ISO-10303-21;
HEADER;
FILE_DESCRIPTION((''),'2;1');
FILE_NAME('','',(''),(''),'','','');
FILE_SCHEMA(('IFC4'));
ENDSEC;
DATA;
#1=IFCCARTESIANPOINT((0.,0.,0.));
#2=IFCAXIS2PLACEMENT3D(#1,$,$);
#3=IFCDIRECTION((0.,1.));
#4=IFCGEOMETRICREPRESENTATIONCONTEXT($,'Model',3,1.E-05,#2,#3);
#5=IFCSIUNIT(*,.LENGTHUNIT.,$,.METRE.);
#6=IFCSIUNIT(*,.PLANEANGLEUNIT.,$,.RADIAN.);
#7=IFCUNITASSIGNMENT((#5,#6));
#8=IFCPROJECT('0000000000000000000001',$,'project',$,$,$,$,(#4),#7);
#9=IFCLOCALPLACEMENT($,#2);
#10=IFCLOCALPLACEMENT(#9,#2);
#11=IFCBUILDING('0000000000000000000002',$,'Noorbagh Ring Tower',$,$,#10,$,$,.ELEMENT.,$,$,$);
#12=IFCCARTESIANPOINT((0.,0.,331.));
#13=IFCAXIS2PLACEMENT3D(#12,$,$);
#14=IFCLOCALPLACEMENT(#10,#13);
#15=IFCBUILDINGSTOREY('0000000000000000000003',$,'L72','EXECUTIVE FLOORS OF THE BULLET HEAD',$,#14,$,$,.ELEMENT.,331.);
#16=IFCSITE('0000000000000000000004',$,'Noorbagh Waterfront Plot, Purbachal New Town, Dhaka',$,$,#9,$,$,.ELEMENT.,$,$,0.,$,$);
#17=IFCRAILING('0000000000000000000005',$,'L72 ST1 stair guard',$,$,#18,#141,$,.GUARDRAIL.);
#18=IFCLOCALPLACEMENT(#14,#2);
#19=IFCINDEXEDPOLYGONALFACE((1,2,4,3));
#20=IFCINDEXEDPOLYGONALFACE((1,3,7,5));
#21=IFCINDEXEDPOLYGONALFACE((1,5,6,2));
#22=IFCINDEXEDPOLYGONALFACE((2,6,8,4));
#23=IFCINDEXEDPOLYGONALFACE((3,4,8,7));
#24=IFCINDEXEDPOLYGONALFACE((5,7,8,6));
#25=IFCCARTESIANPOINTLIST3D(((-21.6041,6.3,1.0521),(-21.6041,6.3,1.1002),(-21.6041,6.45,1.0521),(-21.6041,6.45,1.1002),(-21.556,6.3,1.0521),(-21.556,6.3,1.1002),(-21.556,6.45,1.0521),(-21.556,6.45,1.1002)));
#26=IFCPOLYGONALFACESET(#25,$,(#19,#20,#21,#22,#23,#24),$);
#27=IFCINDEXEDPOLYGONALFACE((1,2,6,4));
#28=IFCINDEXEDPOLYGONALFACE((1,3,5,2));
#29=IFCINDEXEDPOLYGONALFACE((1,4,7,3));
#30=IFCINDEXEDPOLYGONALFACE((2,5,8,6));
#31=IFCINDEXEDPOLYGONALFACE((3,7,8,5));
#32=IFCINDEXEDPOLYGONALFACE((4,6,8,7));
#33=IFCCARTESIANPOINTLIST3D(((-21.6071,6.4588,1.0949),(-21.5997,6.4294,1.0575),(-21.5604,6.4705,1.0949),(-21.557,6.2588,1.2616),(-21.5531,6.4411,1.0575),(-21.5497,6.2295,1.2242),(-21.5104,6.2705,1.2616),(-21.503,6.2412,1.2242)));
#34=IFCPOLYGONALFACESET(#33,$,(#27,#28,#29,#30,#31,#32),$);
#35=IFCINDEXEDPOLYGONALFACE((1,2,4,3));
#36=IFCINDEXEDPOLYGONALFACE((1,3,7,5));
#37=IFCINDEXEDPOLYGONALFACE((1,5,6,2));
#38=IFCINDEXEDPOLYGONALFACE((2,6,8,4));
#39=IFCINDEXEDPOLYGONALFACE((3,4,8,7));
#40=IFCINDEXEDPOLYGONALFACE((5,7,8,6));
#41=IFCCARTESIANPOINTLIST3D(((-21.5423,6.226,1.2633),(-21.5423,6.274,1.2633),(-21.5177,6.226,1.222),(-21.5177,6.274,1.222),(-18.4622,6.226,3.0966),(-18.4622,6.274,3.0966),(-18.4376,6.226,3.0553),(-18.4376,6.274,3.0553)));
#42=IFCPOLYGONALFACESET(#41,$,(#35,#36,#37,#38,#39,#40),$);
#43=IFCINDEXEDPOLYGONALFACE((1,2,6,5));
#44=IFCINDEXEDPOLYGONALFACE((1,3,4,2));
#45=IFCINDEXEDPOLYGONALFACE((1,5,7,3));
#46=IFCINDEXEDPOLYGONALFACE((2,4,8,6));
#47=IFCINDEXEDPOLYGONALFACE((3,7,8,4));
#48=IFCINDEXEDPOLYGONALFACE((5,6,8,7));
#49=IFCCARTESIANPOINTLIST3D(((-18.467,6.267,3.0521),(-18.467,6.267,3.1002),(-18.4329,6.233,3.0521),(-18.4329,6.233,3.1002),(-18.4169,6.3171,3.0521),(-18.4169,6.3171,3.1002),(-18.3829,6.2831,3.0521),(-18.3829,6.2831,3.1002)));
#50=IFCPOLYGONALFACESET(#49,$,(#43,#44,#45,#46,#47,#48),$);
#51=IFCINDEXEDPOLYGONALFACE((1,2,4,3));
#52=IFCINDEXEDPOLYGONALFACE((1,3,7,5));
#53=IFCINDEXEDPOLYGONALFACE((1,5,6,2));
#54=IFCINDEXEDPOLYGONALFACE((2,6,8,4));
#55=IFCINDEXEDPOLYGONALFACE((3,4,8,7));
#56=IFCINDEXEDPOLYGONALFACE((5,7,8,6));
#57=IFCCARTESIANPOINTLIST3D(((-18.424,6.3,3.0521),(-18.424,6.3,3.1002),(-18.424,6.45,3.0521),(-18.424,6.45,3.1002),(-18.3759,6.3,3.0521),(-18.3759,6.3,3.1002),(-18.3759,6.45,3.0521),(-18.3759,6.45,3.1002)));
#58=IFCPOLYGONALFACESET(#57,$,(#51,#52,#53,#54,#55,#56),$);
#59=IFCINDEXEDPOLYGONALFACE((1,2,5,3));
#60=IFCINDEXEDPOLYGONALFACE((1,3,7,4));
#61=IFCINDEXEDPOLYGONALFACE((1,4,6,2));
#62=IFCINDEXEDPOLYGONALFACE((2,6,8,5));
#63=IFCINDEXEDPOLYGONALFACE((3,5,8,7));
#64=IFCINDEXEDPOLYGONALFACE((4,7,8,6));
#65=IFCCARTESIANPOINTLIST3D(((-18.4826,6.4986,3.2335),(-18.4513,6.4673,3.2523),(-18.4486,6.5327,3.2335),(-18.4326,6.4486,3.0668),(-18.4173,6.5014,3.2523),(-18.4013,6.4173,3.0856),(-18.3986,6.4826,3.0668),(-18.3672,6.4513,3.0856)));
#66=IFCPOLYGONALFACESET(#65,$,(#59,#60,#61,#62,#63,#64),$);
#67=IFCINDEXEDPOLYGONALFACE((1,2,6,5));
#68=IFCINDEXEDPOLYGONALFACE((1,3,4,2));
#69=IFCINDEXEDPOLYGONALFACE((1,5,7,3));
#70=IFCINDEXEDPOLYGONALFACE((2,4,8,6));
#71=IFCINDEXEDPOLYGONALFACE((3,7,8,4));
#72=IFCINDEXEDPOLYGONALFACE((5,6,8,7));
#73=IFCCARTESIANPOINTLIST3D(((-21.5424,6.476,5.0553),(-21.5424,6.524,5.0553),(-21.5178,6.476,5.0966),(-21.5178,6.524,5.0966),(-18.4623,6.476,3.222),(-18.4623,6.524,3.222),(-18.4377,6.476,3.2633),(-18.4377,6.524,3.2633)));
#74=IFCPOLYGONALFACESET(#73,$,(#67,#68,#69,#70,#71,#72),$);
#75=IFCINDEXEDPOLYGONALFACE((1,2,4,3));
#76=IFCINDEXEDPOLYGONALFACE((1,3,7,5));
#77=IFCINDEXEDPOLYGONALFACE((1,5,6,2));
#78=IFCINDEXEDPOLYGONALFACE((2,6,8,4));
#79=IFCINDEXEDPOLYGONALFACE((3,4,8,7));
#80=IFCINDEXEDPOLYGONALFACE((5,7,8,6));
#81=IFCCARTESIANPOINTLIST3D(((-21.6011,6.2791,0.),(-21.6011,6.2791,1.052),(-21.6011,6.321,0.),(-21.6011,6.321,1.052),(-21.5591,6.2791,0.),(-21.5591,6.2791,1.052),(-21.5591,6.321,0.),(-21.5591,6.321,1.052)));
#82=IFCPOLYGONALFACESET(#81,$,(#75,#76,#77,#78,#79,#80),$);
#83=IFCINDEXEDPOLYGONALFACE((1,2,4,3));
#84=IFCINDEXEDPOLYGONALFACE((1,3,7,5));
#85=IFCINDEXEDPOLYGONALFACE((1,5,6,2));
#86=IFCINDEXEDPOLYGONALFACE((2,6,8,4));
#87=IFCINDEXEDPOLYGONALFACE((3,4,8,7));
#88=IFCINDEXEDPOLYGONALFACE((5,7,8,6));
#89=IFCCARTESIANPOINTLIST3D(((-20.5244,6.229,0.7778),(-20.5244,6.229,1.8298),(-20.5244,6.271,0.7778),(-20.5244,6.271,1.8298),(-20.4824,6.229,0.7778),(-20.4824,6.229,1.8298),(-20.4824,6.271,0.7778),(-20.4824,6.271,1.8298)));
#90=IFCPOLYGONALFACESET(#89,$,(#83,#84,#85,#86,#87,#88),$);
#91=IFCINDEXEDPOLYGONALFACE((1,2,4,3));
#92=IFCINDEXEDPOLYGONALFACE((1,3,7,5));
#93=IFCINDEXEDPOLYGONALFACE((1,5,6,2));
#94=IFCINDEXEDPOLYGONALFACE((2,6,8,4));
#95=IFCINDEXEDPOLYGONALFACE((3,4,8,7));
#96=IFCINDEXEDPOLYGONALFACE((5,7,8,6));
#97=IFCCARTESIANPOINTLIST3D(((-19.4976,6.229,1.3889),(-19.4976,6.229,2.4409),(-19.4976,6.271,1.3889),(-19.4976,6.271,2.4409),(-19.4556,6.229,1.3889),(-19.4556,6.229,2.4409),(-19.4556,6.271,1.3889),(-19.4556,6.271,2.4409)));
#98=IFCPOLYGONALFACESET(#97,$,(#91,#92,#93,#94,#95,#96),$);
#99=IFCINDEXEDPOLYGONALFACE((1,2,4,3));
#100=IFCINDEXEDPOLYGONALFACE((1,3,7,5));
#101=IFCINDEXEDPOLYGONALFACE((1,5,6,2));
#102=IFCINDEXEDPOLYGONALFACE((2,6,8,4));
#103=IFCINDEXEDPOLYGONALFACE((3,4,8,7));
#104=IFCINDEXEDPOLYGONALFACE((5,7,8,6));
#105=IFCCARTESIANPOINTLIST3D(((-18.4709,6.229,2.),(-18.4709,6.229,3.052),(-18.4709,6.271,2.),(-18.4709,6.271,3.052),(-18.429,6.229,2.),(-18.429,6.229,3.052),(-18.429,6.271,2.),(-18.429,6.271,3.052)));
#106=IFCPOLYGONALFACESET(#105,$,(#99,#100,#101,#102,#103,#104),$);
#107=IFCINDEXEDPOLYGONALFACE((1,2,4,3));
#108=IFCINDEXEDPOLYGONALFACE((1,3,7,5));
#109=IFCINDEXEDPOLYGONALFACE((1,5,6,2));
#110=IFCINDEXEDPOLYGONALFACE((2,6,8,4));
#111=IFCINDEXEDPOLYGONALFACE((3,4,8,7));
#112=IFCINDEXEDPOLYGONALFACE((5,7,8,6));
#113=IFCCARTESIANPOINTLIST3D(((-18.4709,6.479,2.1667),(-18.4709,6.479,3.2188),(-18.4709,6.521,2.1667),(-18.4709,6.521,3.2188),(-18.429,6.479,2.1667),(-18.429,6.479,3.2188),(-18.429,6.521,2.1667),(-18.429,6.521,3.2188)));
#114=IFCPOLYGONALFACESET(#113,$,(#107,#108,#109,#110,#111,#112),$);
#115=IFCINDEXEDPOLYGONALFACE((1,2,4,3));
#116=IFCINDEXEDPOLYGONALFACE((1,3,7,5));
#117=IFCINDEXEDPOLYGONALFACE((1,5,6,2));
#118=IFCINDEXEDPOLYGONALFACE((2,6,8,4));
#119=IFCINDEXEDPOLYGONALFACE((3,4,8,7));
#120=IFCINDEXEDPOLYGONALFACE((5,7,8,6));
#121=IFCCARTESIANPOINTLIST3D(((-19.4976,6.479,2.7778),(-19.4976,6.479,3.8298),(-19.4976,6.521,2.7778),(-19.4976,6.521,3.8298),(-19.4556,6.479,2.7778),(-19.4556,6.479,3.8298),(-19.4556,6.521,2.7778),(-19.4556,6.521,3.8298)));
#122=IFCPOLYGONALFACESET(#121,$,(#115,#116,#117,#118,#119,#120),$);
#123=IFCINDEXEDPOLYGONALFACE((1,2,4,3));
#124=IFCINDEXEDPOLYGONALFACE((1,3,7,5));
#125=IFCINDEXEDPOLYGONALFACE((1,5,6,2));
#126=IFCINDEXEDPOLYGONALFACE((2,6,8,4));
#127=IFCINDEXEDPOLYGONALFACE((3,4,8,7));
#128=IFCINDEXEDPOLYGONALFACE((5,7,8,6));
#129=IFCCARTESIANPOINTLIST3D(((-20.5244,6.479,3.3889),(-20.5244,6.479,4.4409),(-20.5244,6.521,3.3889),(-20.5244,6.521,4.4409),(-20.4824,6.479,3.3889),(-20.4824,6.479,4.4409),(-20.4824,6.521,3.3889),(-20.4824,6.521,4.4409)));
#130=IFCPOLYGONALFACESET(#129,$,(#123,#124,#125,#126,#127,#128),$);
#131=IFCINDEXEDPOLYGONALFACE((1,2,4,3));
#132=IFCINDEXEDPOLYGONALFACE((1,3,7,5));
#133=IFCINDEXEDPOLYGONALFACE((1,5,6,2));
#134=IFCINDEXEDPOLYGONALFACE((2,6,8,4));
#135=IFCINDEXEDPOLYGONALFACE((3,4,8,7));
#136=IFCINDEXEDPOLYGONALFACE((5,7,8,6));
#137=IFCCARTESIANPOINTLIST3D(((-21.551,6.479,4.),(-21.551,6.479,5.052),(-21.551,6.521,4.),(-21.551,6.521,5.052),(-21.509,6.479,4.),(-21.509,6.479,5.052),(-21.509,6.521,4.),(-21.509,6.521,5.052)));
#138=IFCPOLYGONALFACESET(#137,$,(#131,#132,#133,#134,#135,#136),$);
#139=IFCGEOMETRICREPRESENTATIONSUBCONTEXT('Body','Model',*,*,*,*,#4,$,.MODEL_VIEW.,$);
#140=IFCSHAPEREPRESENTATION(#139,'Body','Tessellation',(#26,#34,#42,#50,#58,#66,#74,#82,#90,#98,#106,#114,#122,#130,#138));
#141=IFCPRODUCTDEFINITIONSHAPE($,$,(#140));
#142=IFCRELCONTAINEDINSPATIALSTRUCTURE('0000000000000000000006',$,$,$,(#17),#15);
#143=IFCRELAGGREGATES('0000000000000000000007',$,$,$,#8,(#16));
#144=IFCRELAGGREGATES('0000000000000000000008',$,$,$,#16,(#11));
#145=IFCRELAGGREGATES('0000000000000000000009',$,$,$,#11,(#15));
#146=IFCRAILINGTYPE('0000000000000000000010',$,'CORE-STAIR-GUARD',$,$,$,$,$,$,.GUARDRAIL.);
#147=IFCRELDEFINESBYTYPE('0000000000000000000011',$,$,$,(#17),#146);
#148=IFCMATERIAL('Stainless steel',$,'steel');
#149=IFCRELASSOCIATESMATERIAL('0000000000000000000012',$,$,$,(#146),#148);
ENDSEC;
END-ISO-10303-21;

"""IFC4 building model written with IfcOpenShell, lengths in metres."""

from ifc_helpers import new_model, si_unit, direction, frame, origin, origin_2d, place, context, subcontext, project, spatial, rectangle, extrude, material, type_object, element, save


model = new_model("IFC4")

# Units and contexts
model_context = context("Model", 3, precision=1e-05, world=origin(), true_north=direction((0.0, 1.0)))
body_context = subcontext(model_context, "Body", "Model", "MODEL_VIEW")
ifc_project = project(units=[si_unit("LENGTHUNIT", "METRE"), si_unit("PLANEANGLEUNIT", "RADIAN")], contexts=[model_context])

# Site, building, storey
site_placement = place(None, origin())
site = spatial("IfcSite", under=ifc_project, at=site_placement, Name="Noorbagh Waterfront Plot, Purbachal New Town, Dhaka", CompositionType="ELEMENT", RefElevation=0.0)
building_placement = place(site_placement, origin())
building = spatial("IfcBuilding", under=site, at=building_placement, Name="Noorbagh Ring Tower", CompositionType="ELEMENT")
storey_placement = place(building_placement, frame((0.0, 0.0, 331.0)))
storey = spatial("IfcBuildingStorey", under=building, at=storey_placement, Name="L72", Description="EXECUTIVE FLOORS OF THE BULLET HEAD", CompositionType="ELEMENT", Elevation=331.0)

# Railing
ifc_material_1 = material(Name="Stainless steel", Category="steel")
railing_type_1 = type_object("IfcRailingType", Name="CORE-STAIR-GUARD", PredefinedType="GUARDRAIL", material=ifc_material_1)
railing_1_placement = place(storey_placement, frame((-21.5801, 6.3, 0.0)))
element("IfcRailing", 1, at=railing_1_placement, inside=storey, type_object=railing_type_1, Name="L72 ST1 stair guard", PredefinedType="GUARDRAIL", context=body_context, shape_type="SweptSolid", body=[
    extrude(rectangle(XDim=0.0481, YDim=0.0481, at=origin_2d()), frame((0.0, 0.0, 1.0762), z_axis=(0.0, 1.0, 0.0), x_axis=(-1.0, 0.0, 0.0)), (0.0, 0.0, 1.0), 0.1499),
    extrude(rectangle(XDim=0.0481, YDim=0.0481, at=origin_2d()), frame((0.0, 0.1499, 1.0762), z_axis=(0.188776, -0.754182, 0.628946), x_axis=(0.970073, 0.242814, 0.0)), (0.0, 0.0, 1.0), 0.2651),
    extrude(rectangle(XDim=0.0481, YDim=0.0481, at=origin_2d()), frame((0.05, -0.05, 1.2427), z_axis=(0.859309, 0.0, 0.511458), x_axis=(0.0, 1.0, 0.0)), (0.0, 0.0, 1.0), 3.5845),
    extrude(rectangle(XDim=0.0481, YDim=0.0481, at=origin_2d()), frame((3.1301, -0.05, 3.0762), z_axis=(0.707107, 0.707107, 0.0), x_axis=(-0.707107, 0.707107, 0.0)), (0.0, 0.0, 1.0), 0.0708),
    extrude(rectangle(XDim=0.0481, YDim=0.0481, at=origin_2d()), frame((3.1802, 0.0, 3.0762), z_axis=(0.0, 1.0, 0.0), x_axis=(-1.0, 0.0, 0.0)), (0.0, 0.0, 1.0), 0.1499),
    extrude(rectangle(XDim=0.0481, YDim=0.0481, at=origin_2d()), frame((3.1802, 0.1499, 3.0762), z_axis=(-0.276287, 0.276287, 0.920506), x_axis=(-0.707107, -0.707107, 0.0)), (0.0, 0.0, 1.0), 0.1812),
    extrude(rectangle(XDim=0.0481, YDim=0.0481, at=origin_2d()), frame((3.1301, 0.2, 3.2427), z_axis=(-0.859309, 0.0, 0.511458), x_axis=(0.0, -1.0, 0.0)), (0.0, 0.0, 1.0), 3.5845),
    extrude(rectangle(XDim=0.042, YDim=0.042, at=origin_2d()), origin(), (0.0, 0.0, 1.0), 1.052),
    extrude(rectangle(XDim=0.042, YDim=0.042, at=origin_2d()), frame((1.0767, -0.05, 0.7778)), (0.0, 0.0, 1.0), 1.052),
    extrude(rectangle(XDim=0.042, YDim=0.042, at=origin_2d()), frame((2.1035, -0.05, 1.3889)), (0.0, 0.0, 1.0), 1.052),
    extrude(rectangle(XDim=0.042, YDim=0.042, at=origin_2d()), frame((3.1301, -0.05, 2.0)), (0.0, 0.0, 1.0), 1.052),
    extrude(rectangle(XDim=0.042, YDim=0.042, at=origin_2d()), frame((3.1301, 0.2, 2.1667)), (0.0, 0.0, 1.0), 1.052),
    extrude(rectangle(XDim=0.042, YDim=0.042, at=origin_2d()), frame((2.1035, 0.2, 2.7778)), (0.0, 0.0, 1.0), 1.052),
    extrude(rectangle(XDim=0.042, YDim=0.042, at=origin_2d()), frame((1.0767, 0.2, 3.3889)), (0.0, 0.0, 1.0), 1.052),
    extrude(rectangle(XDim=0.042, YDim=0.042, at=origin_2d()), frame((0.05, 0.2, 4.0)), (0.0, 0.0, 1.0), 1.052),
])

save(model, "model.ifc")
